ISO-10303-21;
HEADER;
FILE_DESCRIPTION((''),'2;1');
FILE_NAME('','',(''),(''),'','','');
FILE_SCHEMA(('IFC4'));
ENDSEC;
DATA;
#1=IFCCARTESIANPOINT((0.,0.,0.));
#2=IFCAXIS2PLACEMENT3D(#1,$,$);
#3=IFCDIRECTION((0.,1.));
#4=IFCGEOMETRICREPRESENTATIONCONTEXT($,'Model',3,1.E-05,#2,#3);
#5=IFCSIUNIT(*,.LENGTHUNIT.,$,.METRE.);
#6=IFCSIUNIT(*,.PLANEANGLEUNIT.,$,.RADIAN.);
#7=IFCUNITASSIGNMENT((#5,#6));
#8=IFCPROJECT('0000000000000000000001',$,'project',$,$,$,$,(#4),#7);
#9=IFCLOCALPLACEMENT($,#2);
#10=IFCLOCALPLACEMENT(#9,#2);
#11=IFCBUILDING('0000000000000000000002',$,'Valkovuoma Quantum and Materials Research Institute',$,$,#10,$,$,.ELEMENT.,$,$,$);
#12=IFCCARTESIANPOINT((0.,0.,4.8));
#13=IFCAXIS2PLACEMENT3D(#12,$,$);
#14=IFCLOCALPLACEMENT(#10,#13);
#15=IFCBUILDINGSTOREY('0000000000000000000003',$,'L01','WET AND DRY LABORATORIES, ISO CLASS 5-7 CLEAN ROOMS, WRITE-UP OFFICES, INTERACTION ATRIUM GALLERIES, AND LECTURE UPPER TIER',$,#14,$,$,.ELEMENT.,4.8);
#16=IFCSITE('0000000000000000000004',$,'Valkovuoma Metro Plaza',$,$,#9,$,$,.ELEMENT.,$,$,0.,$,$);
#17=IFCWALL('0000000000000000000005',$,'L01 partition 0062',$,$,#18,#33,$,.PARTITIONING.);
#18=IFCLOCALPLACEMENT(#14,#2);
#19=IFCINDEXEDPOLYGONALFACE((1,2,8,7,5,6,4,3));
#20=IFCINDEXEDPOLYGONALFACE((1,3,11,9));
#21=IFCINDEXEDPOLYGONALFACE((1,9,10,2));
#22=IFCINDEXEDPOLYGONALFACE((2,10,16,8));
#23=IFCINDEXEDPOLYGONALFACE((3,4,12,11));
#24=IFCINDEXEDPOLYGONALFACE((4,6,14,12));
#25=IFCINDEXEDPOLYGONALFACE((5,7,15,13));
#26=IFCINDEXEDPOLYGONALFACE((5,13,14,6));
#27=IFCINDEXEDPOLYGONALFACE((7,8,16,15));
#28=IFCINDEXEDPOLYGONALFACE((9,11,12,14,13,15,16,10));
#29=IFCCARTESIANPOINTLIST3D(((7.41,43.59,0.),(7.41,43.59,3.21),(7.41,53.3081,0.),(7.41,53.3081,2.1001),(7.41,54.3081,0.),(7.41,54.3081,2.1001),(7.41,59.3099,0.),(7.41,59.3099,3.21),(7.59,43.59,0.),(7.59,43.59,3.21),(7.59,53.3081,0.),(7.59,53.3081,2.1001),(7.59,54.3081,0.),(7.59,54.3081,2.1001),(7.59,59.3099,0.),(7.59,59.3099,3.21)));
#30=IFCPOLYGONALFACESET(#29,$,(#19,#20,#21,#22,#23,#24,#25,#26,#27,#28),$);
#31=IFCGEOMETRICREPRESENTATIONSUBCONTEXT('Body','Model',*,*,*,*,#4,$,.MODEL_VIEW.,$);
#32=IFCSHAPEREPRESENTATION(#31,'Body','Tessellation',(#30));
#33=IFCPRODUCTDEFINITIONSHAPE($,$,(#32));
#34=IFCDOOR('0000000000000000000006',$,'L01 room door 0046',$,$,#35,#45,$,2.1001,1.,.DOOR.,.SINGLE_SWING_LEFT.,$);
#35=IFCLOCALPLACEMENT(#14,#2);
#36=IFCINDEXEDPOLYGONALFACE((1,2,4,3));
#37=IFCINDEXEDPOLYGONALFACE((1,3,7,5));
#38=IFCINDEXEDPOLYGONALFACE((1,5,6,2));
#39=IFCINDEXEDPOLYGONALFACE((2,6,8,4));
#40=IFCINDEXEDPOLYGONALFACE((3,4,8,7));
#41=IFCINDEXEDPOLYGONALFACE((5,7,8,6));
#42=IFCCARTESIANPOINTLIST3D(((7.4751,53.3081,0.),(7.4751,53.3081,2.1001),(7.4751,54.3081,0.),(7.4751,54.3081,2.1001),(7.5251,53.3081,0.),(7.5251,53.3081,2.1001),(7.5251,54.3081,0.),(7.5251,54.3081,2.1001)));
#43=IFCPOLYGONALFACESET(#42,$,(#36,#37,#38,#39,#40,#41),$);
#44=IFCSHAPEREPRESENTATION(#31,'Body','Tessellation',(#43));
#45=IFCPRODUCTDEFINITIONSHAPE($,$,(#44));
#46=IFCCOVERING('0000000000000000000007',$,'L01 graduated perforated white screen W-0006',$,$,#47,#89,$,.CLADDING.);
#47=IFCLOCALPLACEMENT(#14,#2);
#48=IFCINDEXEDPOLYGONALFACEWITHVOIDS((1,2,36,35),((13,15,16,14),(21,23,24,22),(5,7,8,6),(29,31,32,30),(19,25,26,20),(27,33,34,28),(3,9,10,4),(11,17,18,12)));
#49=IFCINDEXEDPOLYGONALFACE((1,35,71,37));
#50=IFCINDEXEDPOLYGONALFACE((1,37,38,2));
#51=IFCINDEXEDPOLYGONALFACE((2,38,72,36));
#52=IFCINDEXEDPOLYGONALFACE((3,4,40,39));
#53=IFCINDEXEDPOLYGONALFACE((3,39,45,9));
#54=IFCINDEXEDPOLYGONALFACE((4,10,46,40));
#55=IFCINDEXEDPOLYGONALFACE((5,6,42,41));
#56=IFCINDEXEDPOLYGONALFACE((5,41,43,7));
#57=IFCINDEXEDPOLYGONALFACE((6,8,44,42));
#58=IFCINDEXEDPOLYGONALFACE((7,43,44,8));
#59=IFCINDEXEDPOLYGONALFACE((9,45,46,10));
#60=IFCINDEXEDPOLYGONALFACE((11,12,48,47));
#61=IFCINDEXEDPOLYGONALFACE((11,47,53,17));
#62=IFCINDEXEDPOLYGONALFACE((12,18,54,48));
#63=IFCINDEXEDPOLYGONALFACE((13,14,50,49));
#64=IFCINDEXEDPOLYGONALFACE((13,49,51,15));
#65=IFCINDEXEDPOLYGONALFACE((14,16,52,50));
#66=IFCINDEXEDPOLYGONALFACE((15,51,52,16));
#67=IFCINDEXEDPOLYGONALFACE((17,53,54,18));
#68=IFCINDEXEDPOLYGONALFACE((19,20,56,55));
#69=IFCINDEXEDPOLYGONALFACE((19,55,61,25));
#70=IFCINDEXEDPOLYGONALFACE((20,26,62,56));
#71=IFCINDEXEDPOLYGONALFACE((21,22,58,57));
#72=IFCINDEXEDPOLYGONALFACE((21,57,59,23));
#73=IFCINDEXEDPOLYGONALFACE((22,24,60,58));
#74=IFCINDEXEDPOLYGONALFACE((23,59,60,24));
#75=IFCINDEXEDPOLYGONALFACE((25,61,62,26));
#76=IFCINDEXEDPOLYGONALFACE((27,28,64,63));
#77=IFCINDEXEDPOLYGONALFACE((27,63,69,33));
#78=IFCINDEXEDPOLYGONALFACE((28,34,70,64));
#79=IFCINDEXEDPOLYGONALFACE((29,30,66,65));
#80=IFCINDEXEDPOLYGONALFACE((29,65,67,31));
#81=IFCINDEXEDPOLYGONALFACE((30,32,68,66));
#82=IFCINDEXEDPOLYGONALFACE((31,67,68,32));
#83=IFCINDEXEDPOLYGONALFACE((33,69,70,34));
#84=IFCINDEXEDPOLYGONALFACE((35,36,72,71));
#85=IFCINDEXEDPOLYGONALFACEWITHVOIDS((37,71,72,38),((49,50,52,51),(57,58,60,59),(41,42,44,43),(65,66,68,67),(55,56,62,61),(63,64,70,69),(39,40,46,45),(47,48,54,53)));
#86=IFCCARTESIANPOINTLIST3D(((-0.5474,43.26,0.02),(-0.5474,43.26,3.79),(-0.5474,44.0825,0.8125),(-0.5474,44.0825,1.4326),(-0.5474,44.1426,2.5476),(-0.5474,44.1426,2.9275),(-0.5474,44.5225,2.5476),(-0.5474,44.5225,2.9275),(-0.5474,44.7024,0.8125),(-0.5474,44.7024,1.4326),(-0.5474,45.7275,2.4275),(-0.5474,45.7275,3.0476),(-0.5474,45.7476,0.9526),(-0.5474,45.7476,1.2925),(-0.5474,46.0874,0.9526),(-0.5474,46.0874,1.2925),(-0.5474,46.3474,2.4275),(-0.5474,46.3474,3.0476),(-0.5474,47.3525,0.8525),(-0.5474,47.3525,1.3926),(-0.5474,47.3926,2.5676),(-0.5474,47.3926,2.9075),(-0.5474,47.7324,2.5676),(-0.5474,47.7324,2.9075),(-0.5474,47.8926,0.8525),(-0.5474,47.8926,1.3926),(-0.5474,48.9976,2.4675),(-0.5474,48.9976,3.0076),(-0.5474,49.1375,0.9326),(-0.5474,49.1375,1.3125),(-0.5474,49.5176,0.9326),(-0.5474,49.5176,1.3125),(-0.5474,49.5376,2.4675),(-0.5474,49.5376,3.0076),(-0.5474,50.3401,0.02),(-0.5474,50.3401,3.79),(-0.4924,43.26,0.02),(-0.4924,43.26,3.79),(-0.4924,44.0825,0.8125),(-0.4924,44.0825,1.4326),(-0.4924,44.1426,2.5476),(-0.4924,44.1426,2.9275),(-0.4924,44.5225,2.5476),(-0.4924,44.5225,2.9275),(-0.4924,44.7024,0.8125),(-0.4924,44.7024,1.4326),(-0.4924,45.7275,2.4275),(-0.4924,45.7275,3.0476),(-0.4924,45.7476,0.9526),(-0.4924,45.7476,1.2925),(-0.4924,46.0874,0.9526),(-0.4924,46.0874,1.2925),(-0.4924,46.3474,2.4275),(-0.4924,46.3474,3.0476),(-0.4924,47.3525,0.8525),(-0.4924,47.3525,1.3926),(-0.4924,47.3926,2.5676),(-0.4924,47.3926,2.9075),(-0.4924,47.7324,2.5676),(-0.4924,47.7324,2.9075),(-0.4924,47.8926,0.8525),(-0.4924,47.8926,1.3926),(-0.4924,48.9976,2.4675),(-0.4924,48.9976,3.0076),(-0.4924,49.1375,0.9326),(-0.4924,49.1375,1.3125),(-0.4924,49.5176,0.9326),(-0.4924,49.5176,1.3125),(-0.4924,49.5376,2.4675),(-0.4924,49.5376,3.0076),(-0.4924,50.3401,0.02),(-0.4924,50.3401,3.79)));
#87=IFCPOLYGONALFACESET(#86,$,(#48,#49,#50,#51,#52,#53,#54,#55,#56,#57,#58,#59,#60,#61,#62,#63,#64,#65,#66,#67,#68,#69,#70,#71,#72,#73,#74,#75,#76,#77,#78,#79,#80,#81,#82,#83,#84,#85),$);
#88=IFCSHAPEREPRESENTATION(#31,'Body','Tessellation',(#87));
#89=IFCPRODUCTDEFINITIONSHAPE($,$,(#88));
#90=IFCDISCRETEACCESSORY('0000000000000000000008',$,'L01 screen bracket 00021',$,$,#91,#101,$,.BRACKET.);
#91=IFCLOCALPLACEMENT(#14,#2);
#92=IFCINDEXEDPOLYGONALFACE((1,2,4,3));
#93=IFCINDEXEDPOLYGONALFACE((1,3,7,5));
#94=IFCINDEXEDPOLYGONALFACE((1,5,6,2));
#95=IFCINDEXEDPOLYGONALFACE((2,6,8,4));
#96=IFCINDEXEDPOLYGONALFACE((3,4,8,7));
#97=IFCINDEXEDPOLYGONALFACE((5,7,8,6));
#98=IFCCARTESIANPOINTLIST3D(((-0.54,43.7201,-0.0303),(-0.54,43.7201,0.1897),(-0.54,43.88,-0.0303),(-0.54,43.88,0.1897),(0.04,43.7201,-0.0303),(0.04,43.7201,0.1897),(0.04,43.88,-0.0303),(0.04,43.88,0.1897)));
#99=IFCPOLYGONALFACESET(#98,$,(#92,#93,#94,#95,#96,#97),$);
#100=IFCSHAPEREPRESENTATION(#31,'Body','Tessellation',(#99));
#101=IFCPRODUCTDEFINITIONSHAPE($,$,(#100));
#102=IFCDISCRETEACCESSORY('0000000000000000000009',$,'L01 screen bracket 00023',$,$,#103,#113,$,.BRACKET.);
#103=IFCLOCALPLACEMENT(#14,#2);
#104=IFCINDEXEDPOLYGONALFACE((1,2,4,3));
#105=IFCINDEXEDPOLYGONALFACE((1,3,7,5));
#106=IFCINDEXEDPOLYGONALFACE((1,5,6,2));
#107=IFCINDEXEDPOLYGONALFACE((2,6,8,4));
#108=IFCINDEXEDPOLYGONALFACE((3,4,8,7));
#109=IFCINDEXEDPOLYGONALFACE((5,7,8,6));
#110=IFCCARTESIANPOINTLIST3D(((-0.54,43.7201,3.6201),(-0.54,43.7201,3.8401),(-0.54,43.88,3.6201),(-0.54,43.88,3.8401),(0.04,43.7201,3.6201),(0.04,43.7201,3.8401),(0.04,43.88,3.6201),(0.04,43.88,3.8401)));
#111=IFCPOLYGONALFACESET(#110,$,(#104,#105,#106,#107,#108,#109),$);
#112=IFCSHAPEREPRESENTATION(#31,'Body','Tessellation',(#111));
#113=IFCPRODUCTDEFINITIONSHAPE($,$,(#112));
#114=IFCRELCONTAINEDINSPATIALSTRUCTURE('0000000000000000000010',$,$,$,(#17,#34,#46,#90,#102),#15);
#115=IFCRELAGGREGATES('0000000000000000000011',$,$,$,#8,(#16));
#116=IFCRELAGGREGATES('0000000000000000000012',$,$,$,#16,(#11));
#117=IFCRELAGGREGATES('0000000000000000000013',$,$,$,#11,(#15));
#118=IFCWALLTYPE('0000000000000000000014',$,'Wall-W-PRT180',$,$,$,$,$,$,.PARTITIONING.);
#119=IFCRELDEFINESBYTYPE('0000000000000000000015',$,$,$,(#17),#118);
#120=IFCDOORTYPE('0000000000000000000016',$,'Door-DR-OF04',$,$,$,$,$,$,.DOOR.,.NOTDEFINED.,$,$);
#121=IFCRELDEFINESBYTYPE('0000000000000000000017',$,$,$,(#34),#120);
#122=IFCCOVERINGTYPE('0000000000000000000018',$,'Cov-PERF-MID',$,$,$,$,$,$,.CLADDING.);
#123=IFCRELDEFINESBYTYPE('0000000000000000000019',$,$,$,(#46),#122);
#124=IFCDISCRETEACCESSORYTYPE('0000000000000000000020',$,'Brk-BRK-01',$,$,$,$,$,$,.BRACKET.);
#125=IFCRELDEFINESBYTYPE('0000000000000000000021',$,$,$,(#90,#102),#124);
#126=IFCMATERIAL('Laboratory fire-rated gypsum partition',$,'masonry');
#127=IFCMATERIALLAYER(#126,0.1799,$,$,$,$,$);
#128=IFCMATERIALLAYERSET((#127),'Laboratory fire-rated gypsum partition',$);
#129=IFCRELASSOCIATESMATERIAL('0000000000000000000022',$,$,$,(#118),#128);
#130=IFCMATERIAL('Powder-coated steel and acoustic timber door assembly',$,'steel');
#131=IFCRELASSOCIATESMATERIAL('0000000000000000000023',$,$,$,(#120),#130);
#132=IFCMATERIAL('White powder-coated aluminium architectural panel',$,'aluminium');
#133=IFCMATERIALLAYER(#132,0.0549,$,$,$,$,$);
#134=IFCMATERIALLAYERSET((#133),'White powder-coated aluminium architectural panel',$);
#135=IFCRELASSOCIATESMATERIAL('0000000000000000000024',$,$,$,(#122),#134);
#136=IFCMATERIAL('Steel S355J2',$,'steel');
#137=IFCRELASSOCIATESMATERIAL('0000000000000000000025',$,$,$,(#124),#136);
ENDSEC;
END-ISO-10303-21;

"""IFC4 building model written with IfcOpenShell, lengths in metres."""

from ifc_helpers import new_model, si_unit, direction, frame, frame_2d, origin, origin_2d, place, context, subcontext, project, spatial, polyline, rectangle, outline, extrude, material, layer, layer_set, type_object, element, fill, save


model = new_model("IFC4")

# Units and contexts
model_context = context("Model", 3, precision=1e-05, world=origin(), true_north=direction((0.0, 1.0)))
body_context = subcontext(model_context, "Body", "Model", "MODEL_VIEW")
ifc_project = project(units=[si_unit("LENGTHUNIT", "METRE"), si_unit("PLANEANGLEUNIT", "RADIAN")], contexts=[model_context])

# Site, building, storey
site_placement = place(None, origin())
site = spatial("IfcSite", under=ifc_project, at=site_placement, Name="Valkovuoma Metro Plaza", CompositionType="ELEMENT", RefElevation=0.0)
building_placement = place(site_placement, origin())
building = spatial("IfcBuilding", under=site, at=building_placement, Name="Valkovuoma Quantum and Materials Research Institute", CompositionType="ELEMENT")
storey_placement = place(building_placement, frame((0.0, 0.0, 4.8)))
storey = spatial("IfcBuildingStorey", under=building, at=storey_placement, Name="L01", Description="WET AND DRY LABORATORIES, ISO CLASS 5-7 CLEAN ROOMS, WRITE-UP OFFICES, INTERACTION ATRIUM GALLERIES, AND LECTURE UPPER TIER", CompositionType="ELEMENT", Elevation=4.8)

# Wall, opening, door
ifc_material_1 = material(Name="Laboratory fire-rated gypsum partition", Category="masonry")
ifc_layer_1 = layer(ifc_material_1, 0.1799)
ifc_layer_set_1 = layer_set([ifc_layer_1], Name="Laboratory fire-rated gypsum partition")
wall_type = type_object("IfcWallType", Name="Wall-W-PRT180", PredefinedType="PARTITIONING", material=ifc_layer_set_1)
wall_placement = place(storey_placement, frame((7.5, 43.5901, 0.0), z_axis=(0.0, 0.0, 1.0), x_axis=(0.0, 1.0, 0.0)))
wall = element("IfcWall", 1, at=wall_placement, inside=storey, type_object=wall_type, Name="L01 partition 0062", PredefinedType="PARTITIONING", context=body_context, shape_type="SweptSolid", body=[
    extrude(rectangle(XDim=15.72, YDim=0.1799, at=frame_2d((7.8599, 0.0))), origin(), (0.0, 0.0, 1.0), 3.21),
])
opening_placement = place(wall_placement, frame((9.718, 0.0, 0.0)))
opening = element("IfcOpeningElement", 2, at=opening_placement, cuts=wall, PredefinedType="OPENING", context=body_context, shape_type="SweptSolid", body=[
    extrude(rectangle(XDim=1.0, YDim=2.1001, at=frame_2d((0.5, 1.05))), frame((0.0, 0.1001, 0.0), z_axis=(0.0, -1.0, 0.0), x_axis=(1.0, 0.0, 0.0)), (0.0, 0.0, 1.0), 0.2),
])
ifc_material_2 = material(Name="Powder-coated steel and acoustic timber door assembly", Category="steel")
door_type = type_object("IfcDoorType", Name="Door-DR-OF04", OperationType="NOTDEFINED", PredefinedType="DOOR", material=ifc_material_2)
door_placement = place(opening_placement, origin())
door = element("IfcDoor", 3, at=door_placement, inside=storey, type_object=door_type, Name="L01 room door 0046", OperationType="SINGLE_SWING_LEFT", OverallHeight=2.1001, OverallWidth=1.0, PredefinedType="DOOR", context=body_context, shape_type="SweptSolid", body=[
    extrude(rectangle(XDim=1.0, YDim=2.1001, at=frame_2d((0.5, 1.05))), frame((0.0, 0.0249, 0.0), z_axis=(0.0, -1.0, 0.0), x_axis=(1.0, 0.0, 0.0)), (0.0, 0.0, 1.0), 0.05),
])
fill(opening, door)

# Covering
ifc_material_3 = material(Name="White powder-coated aluminium architectural panel", Category="aluminium")
ifc_layer_2 = layer(ifc_material_3, 0.0549)
ifc_layer_set_2 = layer_set([ifc_layer_2], Name="White powder-coated aluminium architectural panel")
covering_type = type_object("IfcCoveringType", Name="Cov-PERF-MID", PredefinedType="CLADDING", material=ifc_layer_set_2)
covering_placement = place(storey_placement, frame((-0.52, 43.26, 0.02), z_axis=(0.0, 0.0, 1.0), x_axis=(0.0, 1.0, 0.0)))
element("IfcCovering", 4, at=covering_placement, inside=storey, type_object=covering_type, Name="L01 graduated perforated white screen W-0006", PredefinedType="CLADDING", context=body_context, shape_type="SweptSolid", body=[
    extrude(outline(polyline([(0.0, 0.0), (7.0801, 0.0), (7.0801, 3.77), (0.0, 3.77), (0.0, 0.0)]), holes=[polyline([(0.8225, 0.7925), (0.8225, 1.4126), (1.4424, 1.4126), (1.4424, 0.7925), (0.8225, 0.7925)]), polyline([(0.8826, 2.5276), (0.8826, 2.9075), (1.2625, 2.9075), (1.2625, 2.5276), (0.8826, 2.5276)]), polyline([(2.4875, 0.9326), (2.4875, 1.2725), (2.8274, 1.2725), (2.8274, 0.9326), (2.4875, 0.9326)]), polyline([(2.4675, 2.4075), (2.4675, 3.0276), (3.0874, 3.0276), (3.0874, 2.4075), (2.4675, 2.4075)]), polyline([(4.0925, 0.8325), (4.0925, 1.3726), (4.6326, 1.3726), (4.6326, 0.8325), (4.0925, 0.8325)]), polyline([(4.1326, 2.5476), (4.1326, 2.8875), (4.4724, 2.8875), (4.4724, 2.5476), (4.1326, 2.5476)]), polyline([(5.8774, 0.9126), (5.8774, 1.2925), (6.2576, 1.2925), (6.2576, 0.9126), (5.8774, 0.9126)]), polyline([(5.7375, 2.4475), (5.7375, 2.9875), (6.2776, 2.9875), (6.2776, 2.4475), (5.7375, 2.4475)])]), frame((0.0, 0.0273, 0.0), z_axis=(0.0, -1.0, 0.0), x_axis=(1.0, 0.0, 0.0)), (0.0, 0.0, 1.0), 0.0549),
])

# Discrete accessories
ifc_material_4 = material(Name="Steel S355J2", Category="steel")
discrete_accessory_type = type_object("IfcDiscreteAccessoryType", Name="Brk-BRK-01", PredefinedType="BRACKET", material=ifc_material_4)
for number, where, z_axis, x_axis, name in (
    (5, (-0.25, 43.8, -0.0303), (0.0, 0.0, 1.0), (1.0, 0.0, 0.0), "L01 screen bracket 00021"),
    (6, (-0.25, 43.8, 3.6201), (0.0, 0.0, 1.0), (1.0, 0.0, 0.0), "L01 screen bracket 00023"),
):
    element("IfcDiscreteAccessory", number, at=place(storey_placement, frame(where, z_axis=z_axis, x_axis=x_axis)), inside=storey, type_object=discrete_accessory_type, Name=name, PredefinedType="BRACKET", context=body_context, shape_type="SweptSolid", body=[
        extrude(rectangle(XDim=0.5801, YDim=0.1599, at=origin_2d()), origin(), (0.0, 0.0, 1.0), 0.22),
    ])

save(model, "model.ifc")
